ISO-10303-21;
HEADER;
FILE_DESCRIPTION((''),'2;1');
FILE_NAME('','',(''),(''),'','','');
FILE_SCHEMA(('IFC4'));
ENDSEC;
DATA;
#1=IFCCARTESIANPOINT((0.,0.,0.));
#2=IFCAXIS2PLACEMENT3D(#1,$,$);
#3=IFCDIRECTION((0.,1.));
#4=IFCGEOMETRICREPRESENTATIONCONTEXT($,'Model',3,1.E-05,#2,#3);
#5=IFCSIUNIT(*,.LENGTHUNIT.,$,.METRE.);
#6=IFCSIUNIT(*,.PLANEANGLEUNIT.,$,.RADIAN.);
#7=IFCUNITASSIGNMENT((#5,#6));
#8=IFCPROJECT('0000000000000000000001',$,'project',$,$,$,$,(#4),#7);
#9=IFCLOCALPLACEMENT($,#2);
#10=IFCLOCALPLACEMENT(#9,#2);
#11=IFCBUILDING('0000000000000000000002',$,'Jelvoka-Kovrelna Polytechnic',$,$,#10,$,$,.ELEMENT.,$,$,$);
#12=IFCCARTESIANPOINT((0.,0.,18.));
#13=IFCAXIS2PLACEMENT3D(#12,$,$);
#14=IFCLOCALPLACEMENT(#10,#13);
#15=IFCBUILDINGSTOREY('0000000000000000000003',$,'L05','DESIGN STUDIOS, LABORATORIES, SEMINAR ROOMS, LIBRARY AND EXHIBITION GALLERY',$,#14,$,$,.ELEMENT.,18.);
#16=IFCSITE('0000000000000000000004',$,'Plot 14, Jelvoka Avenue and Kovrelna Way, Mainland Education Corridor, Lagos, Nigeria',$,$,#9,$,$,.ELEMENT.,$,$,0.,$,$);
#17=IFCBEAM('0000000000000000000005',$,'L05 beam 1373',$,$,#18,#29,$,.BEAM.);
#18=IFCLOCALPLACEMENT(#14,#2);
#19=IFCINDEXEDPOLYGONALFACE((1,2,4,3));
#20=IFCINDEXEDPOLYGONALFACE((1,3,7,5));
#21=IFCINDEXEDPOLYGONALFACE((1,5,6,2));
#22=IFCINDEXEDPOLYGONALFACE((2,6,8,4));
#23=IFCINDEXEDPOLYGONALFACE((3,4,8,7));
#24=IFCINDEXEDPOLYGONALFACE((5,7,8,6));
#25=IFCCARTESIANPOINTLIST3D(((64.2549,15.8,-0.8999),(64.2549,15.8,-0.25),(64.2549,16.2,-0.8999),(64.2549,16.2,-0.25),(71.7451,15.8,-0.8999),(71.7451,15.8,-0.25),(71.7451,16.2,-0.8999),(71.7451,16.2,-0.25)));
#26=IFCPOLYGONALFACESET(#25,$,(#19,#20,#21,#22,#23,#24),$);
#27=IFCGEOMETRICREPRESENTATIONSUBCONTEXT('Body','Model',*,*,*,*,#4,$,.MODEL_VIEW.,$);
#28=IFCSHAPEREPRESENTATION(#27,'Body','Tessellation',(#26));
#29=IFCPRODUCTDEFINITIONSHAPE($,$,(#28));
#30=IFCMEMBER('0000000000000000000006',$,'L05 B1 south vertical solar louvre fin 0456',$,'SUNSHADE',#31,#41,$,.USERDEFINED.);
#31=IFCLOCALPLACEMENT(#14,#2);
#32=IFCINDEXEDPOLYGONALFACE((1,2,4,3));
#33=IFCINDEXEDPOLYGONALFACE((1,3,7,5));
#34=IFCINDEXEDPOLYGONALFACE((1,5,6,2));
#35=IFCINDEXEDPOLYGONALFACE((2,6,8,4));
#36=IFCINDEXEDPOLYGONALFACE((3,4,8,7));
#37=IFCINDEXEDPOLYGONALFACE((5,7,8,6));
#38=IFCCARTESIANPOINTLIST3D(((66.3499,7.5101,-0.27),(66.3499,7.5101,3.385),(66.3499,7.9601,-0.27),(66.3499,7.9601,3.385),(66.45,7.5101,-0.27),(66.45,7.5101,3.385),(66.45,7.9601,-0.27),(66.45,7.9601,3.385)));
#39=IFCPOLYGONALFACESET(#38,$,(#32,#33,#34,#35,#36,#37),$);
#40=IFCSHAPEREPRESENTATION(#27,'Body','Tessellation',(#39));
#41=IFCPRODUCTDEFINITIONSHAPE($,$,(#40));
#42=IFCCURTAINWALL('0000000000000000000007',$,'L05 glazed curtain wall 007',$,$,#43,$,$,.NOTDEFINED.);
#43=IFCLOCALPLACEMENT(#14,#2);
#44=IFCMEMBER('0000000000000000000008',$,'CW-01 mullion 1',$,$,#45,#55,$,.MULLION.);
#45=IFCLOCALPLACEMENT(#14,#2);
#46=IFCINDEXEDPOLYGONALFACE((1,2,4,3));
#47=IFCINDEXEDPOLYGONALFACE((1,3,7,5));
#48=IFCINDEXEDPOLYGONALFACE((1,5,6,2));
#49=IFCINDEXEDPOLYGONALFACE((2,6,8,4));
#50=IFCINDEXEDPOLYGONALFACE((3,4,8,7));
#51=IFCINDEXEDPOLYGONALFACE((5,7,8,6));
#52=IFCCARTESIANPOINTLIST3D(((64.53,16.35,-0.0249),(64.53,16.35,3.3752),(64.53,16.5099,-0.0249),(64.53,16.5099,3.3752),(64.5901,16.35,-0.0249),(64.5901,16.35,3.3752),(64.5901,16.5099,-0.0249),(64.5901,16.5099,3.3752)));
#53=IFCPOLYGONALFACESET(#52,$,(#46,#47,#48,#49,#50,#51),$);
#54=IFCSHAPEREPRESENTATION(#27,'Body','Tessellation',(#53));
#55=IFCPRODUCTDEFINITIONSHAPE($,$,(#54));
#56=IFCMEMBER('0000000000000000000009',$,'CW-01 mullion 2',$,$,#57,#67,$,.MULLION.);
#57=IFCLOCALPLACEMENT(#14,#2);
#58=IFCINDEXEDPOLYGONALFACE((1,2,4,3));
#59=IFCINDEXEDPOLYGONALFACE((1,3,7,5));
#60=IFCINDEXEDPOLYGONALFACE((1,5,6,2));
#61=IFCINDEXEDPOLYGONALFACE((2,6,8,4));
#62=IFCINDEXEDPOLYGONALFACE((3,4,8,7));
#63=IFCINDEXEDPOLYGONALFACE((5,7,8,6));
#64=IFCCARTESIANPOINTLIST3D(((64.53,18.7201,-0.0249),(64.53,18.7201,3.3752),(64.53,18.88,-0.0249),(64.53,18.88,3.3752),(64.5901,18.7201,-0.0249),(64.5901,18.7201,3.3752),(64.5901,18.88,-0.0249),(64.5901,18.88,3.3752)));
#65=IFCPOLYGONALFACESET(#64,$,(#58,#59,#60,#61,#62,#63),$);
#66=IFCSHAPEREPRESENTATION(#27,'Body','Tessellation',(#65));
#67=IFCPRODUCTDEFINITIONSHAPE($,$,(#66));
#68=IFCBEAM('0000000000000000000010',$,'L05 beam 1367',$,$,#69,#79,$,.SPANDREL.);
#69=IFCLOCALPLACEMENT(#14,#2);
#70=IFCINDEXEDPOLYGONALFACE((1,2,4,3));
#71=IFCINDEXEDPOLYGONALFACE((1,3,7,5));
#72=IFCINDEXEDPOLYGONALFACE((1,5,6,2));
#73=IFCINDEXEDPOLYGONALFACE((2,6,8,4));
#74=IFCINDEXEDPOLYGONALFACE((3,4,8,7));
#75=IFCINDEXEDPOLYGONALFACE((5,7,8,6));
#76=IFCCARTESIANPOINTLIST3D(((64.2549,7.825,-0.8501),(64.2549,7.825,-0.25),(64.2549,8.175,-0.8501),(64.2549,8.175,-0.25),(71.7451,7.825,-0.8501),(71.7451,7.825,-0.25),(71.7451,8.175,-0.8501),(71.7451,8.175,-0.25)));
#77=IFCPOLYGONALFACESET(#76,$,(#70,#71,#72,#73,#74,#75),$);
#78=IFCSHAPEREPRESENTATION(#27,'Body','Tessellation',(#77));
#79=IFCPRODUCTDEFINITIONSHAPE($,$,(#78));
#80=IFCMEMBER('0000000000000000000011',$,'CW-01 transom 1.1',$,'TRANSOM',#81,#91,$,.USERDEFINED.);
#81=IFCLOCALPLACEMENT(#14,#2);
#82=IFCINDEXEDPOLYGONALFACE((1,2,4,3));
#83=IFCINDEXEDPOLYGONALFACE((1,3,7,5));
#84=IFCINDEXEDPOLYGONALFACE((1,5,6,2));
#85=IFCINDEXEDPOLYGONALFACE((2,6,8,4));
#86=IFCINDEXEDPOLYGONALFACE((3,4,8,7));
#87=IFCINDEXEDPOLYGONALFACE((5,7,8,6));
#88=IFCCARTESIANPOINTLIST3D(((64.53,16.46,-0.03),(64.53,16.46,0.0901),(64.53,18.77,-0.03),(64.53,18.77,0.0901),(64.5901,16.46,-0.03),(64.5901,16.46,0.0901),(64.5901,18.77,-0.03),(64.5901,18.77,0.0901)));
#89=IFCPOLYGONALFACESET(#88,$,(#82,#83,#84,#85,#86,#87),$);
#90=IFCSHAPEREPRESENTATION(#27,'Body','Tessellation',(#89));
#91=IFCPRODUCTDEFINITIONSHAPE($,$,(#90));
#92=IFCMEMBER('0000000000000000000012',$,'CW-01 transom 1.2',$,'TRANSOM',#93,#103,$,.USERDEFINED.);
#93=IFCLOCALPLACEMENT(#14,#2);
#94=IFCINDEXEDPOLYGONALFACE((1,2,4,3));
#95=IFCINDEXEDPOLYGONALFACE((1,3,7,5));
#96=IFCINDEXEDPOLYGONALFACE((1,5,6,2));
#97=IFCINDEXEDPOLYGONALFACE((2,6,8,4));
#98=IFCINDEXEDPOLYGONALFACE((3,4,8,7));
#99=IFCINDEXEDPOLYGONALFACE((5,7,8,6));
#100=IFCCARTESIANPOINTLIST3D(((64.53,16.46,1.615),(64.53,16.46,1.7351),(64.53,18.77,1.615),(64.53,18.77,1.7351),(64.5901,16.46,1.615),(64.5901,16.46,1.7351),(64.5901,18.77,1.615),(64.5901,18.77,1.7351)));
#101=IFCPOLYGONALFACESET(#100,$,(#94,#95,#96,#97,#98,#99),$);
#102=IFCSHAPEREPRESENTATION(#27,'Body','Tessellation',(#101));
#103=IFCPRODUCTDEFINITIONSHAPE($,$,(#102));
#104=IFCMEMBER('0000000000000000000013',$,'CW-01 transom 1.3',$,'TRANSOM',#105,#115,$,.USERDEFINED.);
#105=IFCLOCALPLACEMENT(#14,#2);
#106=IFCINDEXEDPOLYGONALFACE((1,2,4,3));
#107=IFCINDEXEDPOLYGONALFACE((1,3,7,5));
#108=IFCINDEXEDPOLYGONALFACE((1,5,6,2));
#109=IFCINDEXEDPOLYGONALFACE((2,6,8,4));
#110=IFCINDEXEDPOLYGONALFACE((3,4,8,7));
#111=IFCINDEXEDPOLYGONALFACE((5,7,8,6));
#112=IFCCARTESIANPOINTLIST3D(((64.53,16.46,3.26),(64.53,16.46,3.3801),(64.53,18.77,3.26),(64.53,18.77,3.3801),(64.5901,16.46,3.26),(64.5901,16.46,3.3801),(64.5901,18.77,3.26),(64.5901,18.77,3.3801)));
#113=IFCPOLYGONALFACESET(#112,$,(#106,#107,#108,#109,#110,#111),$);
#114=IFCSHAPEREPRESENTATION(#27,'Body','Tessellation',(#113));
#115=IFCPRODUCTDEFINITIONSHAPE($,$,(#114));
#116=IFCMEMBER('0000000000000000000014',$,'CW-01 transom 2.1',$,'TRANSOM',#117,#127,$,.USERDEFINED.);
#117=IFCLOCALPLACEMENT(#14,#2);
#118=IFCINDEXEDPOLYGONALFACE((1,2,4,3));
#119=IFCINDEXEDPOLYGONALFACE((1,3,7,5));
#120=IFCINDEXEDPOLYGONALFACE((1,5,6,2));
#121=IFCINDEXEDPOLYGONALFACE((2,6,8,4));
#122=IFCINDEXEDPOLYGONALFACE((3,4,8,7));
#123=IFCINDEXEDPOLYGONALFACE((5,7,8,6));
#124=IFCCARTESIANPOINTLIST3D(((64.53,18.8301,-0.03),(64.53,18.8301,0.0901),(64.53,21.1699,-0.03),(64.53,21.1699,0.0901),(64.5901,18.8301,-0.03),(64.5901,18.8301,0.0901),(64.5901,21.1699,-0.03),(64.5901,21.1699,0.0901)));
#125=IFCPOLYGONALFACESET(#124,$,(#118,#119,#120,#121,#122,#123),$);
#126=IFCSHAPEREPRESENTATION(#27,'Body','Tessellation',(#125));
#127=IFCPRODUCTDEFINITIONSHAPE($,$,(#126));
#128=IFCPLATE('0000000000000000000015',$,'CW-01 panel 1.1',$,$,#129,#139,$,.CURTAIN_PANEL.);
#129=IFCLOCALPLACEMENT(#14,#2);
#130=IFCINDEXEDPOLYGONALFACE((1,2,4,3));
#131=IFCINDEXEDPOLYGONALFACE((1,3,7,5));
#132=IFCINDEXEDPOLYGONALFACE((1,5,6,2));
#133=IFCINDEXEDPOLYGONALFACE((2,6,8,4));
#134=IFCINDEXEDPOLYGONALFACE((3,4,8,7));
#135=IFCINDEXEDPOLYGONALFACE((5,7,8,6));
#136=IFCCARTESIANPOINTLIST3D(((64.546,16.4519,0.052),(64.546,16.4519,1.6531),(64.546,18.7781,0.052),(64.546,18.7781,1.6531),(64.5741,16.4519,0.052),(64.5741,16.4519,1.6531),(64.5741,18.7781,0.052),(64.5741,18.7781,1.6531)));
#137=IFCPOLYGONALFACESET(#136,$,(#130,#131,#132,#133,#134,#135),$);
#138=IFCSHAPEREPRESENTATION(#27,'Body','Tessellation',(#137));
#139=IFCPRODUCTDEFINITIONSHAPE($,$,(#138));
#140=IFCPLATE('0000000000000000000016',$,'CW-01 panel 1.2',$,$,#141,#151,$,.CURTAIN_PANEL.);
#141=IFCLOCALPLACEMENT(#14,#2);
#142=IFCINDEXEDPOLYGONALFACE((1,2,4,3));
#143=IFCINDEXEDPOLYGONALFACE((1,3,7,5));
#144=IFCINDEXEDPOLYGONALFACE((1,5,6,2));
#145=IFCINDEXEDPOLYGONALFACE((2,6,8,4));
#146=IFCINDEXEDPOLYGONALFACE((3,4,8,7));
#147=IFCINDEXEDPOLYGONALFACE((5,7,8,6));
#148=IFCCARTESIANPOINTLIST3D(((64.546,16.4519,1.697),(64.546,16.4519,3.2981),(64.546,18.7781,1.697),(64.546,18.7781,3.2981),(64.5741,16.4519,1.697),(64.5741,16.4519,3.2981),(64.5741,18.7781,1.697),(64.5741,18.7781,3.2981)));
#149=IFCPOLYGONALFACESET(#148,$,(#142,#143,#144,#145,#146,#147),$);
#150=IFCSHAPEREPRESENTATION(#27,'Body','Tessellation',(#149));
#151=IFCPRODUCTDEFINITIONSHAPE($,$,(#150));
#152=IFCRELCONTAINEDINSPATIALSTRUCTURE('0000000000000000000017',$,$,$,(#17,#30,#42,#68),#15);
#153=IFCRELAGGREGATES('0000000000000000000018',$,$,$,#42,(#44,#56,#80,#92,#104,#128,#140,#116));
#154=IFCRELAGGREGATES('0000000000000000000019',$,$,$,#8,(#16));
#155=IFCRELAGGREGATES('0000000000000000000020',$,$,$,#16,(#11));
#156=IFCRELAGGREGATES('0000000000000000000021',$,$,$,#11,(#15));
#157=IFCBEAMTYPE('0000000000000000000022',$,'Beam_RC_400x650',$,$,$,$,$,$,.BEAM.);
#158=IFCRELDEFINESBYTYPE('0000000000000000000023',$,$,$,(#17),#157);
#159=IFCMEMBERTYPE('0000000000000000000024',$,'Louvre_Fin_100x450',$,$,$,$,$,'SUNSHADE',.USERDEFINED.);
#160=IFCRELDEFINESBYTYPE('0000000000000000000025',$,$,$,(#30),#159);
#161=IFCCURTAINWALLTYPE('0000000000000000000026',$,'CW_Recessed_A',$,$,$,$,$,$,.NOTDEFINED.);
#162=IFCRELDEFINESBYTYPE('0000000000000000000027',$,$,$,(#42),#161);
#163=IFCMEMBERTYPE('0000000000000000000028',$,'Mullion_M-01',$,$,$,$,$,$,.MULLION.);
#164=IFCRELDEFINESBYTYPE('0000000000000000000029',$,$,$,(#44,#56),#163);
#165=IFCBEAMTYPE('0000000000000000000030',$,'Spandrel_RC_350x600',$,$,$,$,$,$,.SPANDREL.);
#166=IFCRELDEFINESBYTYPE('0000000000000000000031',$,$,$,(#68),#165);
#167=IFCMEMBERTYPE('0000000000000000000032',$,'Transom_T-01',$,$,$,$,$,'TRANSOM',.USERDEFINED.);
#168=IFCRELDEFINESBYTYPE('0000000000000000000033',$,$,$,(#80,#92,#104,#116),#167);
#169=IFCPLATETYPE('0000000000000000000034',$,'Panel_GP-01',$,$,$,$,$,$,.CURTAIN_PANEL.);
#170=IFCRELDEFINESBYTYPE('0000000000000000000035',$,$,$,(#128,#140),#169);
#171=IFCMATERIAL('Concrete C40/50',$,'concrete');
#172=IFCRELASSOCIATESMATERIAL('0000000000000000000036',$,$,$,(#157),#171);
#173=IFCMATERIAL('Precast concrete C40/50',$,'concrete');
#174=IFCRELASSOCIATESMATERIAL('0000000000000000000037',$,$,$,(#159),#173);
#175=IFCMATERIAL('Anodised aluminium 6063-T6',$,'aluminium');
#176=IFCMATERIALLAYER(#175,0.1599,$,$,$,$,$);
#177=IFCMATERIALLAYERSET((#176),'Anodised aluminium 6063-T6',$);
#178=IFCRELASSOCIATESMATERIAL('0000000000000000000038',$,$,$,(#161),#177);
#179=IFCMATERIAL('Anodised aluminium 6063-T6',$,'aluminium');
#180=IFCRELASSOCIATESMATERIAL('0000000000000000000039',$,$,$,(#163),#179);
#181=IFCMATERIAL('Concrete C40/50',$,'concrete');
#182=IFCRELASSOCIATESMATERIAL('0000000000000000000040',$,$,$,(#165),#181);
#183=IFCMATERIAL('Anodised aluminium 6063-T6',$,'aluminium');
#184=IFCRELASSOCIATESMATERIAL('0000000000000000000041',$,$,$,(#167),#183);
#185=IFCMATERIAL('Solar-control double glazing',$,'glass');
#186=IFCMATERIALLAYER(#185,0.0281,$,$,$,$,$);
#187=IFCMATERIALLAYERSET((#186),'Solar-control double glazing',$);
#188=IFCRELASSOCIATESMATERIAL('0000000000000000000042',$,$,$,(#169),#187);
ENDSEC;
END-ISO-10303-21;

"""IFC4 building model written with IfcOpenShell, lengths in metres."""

from ifc_helpers import new_model, si_unit, direction, frame, origin, origin_2d, place, context, subcontext, project, spatial, rectangle, extrude, material, layer, layer_set, material_profile, profile_set, type_object, element, aggregate, save


model = new_model("IFC4")

# Units and contexts
model_context = context("Model", 3, precision=1e-05, world=origin(), true_north=direction((0.0, 1.0)))
body_context = subcontext(model_context, "Body", "Model", "MODEL_VIEW")
ifc_project = project(units=[si_unit("LENGTHUNIT", "METRE"), si_unit("PLANEANGLEUNIT", "RADIAN")], contexts=[model_context])

# Site, building, storey
site_placement = place(None, origin())
site = spatial("IfcSite", under=ifc_project, at=site_placement, Name="Plot 14, Jelvoka Avenue and Kovrelna Way, Mainland Education Corridor, Lagos, Nigeria", CompositionType="ELEMENT", RefElevation=0.0)
building_placement = place(site_placement, origin())
building = spatial("IfcBuilding", under=site, at=building_placement, Name="Jelvoka-Kovrelna Polytechnic", CompositionType="ELEMENT")
storey_placement = place(building_placement, frame((0.0, 0.0, 18.0)))
storey = spatial("IfcBuildingStorey", under=building, at=storey_placement, Name="L05", Description="DESIGN STUDIOS, LABORATORIES, SEMINAR ROOMS, LIBRARY AND EXHIBITION GALLERY", CompositionType="ELEMENT", Elevation=18.0)

# Beam
ifc_material_1 = material(Name="Concrete C40/50", Category="concrete")
ifc_material_profile_1 = material_profile(ifc_material_1, rectangle(XDim=0.3999, YDim=0.6499, at=origin_2d()), Name="RC 400x650")
ifc_profile_set_1 = profile_set([ifc_material_profile_1], Name="Concrete C40/50")
beam_type_1 = type_object("IfcBeamType", Name="Beam_RC_400x650", PredefinedType="BEAM", material=ifc_profile_set_1)
beam_1_placement = place(storey_placement, frame((64.2549, 16.0, -0.575), z_axis=(1.0, 0.0, 0.0), x_axis=(0.0, 1.0, 0.0)))
element("IfcBeam", 1, at=beam_1_placement, inside=storey, type_object=beam_type_1, Name="L05 beam 1373", PredefinedType="BEAM", context=body_context, shape_type="SweptSolid", body=[
    extrude(rectangle(XDim=0.3999, YDim=0.6499, at=origin_2d()), origin(), (0.0, 0.0, 1.0), 7.4902),
])

# Member
ifc_material_2 = material(Name="Precast concrete C40/50", Category="concrete")
ifc_material_profile_2 = material_profile(ifc_material_2, rectangle(XDim=0.1001, YDim=0.45, at=origin_2d()), Name="PC 100x450")
ifc_profile_set_2 = profile_set([ifc_material_profile_2], Name="Precast concrete C40/50")
member_type_1 = type_object("IfcMemberType", Name="Louvre_Fin_100x450", ElementType="SUNSHADE", PredefinedType="USERDEFINED", material=ifc_profile_set_2)
member_1_placement = place(storey_placement, frame((66.3999, 7.7351, -0.27), z_axis=(0.0, 0.0, 1.0), x_axis=(1.0, 0.0, 0.0)))
element("IfcMember", 2, at=member_1_placement, inside=storey, type_object=member_type_1, Name="L05 B1 south vertical solar louvre fin 0456", ObjectType="SUNSHADE", PredefinedType="USERDEFINED", context=body_context, shape_type="SweptSolid", body=[
    extrude(rectangle(XDim=0.1001, YDim=0.45, at=origin_2d()), origin(), (0.0, 0.0, 1.0), 3.655),
])

# Curtain wall, members
ifc_material_3 = material(Name="Anodised aluminium 6063-T6", Category="aluminium")
ifc_layer_1 = layer(ifc_material_3, 0.1599)
ifc_layer_set_1 = layer_set([ifc_layer_1], Name="Anodised aluminium 6063-T6")
curtain_wall_type = type_object("IfcCurtainWallType", Name="CW_Recessed_A", PredefinedType="NOTDEFINED", material=ifc_layer_set_1)
curtain_wall_placement = place(storey_placement, origin())
curtain_wall = element("IfcCurtainWall", 3, at=curtain_wall_placement, inside=storey, type_object=curtain_wall_type, Name="L05 glazed curtain wall 007", PredefinedType="NOTDEFINED")
ifc_material_4 = material(Name="Anodised aluminium 6063-T6", Category="aluminium")
ifc_material_profile_3 = material_profile(ifc_material_4, rectangle(XDim=0.0601, YDim=0.1599, at=origin_2d()), Name="ALU 60x160")
ifc_profile_set_3 = profile_set([ifc_material_profile_3], Name="Anodised aluminium 6063-T6")
member_type_2 = type_object("IfcMemberType", Name="Mullion_M-01", PredefinedType="MULLION", material=ifc_profile_set_3)
member_2_placement = place(storey_placement, frame((64.5601, 16.4299, -0.0249), z_axis=(0.0, 0.0, 1.0), x_axis=(-1.0, 0.0, 0.0)))
member_2 = element("IfcMember", 4, at=member_2_placement, type_object=member_type_2, Name="CW-01 mullion 1", PredefinedType="MULLION", context=body_context, shape_type="SweptSolid", body=[
    extrude(rectangle(XDim=0.0601, YDim=0.1599, at=origin_2d()), origin(), (0.0, 0.0, 1.0), 3.4001),
])
member_3_placement = place(storey_placement, frame((64.5601, 18.8, -0.0249), z_axis=(0.0, 0.0, 1.0), x_axis=(-1.0, 0.0, 0.0)))
member_3 = element("IfcMember", 5, at=member_3_placement, type_object=member_type_2, Name="CW-01 mullion 2", PredefinedType="MULLION", context=body_context, shape_type="SweptSolid", body=[
    extrude(rectangle(XDim=0.0601, YDim=0.1599, at=origin_2d()), origin(), (0.0, 0.0, 1.0), 3.4001),
])

# Beam
ifc_material_5 = material(Name="Concrete C40/50", Category="concrete")
ifc_material_profile_4 = material_profile(ifc_material_5, rectangle(XDim=0.3501, YDim=0.6001, at=origin_2d()), Name="RC 350x600")
ifc_profile_set_4 = profile_set([ifc_material_profile_4], Name="Concrete C40/50")
beam_type_2 = type_object("IfcBeamType", Name="Spandrel_RC_350x600", PredefinedType="SPANDREL", material=ifc_profile_set_4)
beam_2_placement = place(storey_placement, frame((64.2549, 8.0, -0.55), z_axis=(1.0, 0.0, 0.0), x_axis=(0.0, 1.0, 0.0)))
element("IfcBeam", 6, at=beam_2_placement, inside=storey, type_object=beam_type_2, Name="L05 beam 1367", PredefinedType="SPANDREL", context=body_context, shape_type="SweptSolid", body=[
    extrude(rectangle(XDim=0.3501, YDim=0.6001, at=origin_2d()), origin(), (0.0, 0.0, 1.0), 7.4902),
])

# Members
ifc_material_6 = material(Name="Anodised aluminium 6063-T6", Category="aluminium")
ifc_material_profile_5 = material_profile(ifc_material_6, rectangle(XDim=0.0601, YDim=0.1201, at=origin_2d()), Name="ALU 60x120")
ifc_profile_set_5 = profile_set([ifc_material_profile_5], Name="Anodised aluminium 6063-T6")
member_type_3 = type_object("IfcMemberType", Name="Transom_T-01", ElementType="TRANSOM", PredefinedType="USERDEFINED", material=ifc_profile_set_5)
member_4_placement = place(storey_placement, frame((64.5601, 16.46, 0.03), z_axis=(0.0, 1.0, 0.0), x_axis=(-1.0, 0.0, 0.0)))
member_4 = element("IfcMember", 7, at=member_4_placement, type_object=member_type_3, Name="CW-01 transom 1.1", ObjectType="TRANSOM", PredefinedType="USERDEFINED", context=body_context, shape_type="SweptSolid", body=[
    extrude(rectangle(XDim=0.0601, YDim=0.1201, at=origin_2d()), origin(), (0.0, 0.0, 1.0), 2.3101),
])
member_5_placement = place(storey_placement, frame((64.5601, 16.46, 1.675), z_axis=(0.0, 1.0, 0.0), x_axis=(-1.0, 0.0, 0.0)))
member_5 = element("IfcMember", 8, at=member_5_placement, type_object=member_type_3, Name="CW-01 transom 1.2", ObjectType="TRANSOM", PredefinedType="USERDEFINED", context=body_context, shape_type="SweptSolid", body=[
    extrude(rectangle(XDim=0.0601, YDim=0.1201, at=origin_2d()), origin(), (0.0, 0.0, 1.0), 2.3101),
])
member_6_placement = place(storey_placement, frame((64.5601, 16.46, 3.3201), z_axis=(0.0, 1.0, 0.0), x_axis=(-1.0, 0.0, 0.0)))
member_6 = element("IfcMember", 9, at=member_6_placement, type_object=member_type_3, Name="CW-01 transom 1.3", ObjectType="TRANSOM", PredefinedType="USERDEFINED", context=body_context, shape_type="SweptSolid", body=[
    extrude(rectangle(XDim=0.0601, YDim=0.1201, at=origin_2d()), origin(), (0.0, 0.0, 1.0), 2.3101),
])
member_7_placement = place(storey_placement, frame((64.5601, 18.8301, 0.03), z_axis=(0.0, 1.0, 0.0), x_axis=(-1.0, 0.0, 0.0)))
member_7 = element("IfcMember", 10, at=member_7_placement, type_object=member_type_3, Name="CW-01 transom 2.1", ObjectType="TRANSOM", PredefinedType="USERDEFINED", context=body_context, shape_type="SweptSolid", body=[
    extrude(rectangle(XDim=0.0601, YDim=0.1201, at=origin_2d()), origin(), (0.0, 0.0, 1.0), 2.3398),
])

# Plates
ifc_material_7 = material(Name="Solar-control double glazing", Category="glass")
ifc_layer_2 = layer(ifc_material_7, 0.0281)
ifc_layer_set_2 = layer_set([ifc_layer_2], Name="Solar-control double glazing")
plate_type = type_object("IfcPlateType", Name="Panel_GP-01", PredefinedType="CURTAIN_PANEL", material=ifc_layer_set_2)
plate_1_placement = place(storey_placement, frame((64.5601, 17.615, 0.052), z_axis=(0.0, 0.0, 1.0), x_axis=(0.0, 1.0, 0.0)))
plate_1 = element("IfcPlate", 11, at=plate_1_placement, type_object=plate_type, Name="CW-01 panel 1.1", PredefinedType="CURTAIN_PANEL", context=body_context, shape_type="SweptSolid", body=[
    extrude(rectangle(XDim=2.3262, YDim=0.0281, at=origin_2d()), origin(), (0.0, 0.0, 1.0), 1.6011),
])
plate_2_placement = place(storey_placement, frame((64.5601, 17.615, 1.697), z_axis=(0.0, 0.0, 1.0), x_axis=(0.0, 1.0, 0.0)))
plate_2 = element("IfcPlate", 12, at=plate_2_placement, type_object=plate_type, Name="CW-01 panel 1.2", PredefinedType="CURTAIN_PANEL", context=body_context, shape_type="SweptSolid", body=[
    extrude(rectangle(XDim=2.3262, YDim=0.0281, at=origin_2d()), origin(), (0.0, 0.0, 1.0), 1.6011),
])
aggregate(curtain_wall, [member_2, member_3, member_4, member_5, member_6, plate_1, plate_2, member_7])

save(model, "model.ifc")
